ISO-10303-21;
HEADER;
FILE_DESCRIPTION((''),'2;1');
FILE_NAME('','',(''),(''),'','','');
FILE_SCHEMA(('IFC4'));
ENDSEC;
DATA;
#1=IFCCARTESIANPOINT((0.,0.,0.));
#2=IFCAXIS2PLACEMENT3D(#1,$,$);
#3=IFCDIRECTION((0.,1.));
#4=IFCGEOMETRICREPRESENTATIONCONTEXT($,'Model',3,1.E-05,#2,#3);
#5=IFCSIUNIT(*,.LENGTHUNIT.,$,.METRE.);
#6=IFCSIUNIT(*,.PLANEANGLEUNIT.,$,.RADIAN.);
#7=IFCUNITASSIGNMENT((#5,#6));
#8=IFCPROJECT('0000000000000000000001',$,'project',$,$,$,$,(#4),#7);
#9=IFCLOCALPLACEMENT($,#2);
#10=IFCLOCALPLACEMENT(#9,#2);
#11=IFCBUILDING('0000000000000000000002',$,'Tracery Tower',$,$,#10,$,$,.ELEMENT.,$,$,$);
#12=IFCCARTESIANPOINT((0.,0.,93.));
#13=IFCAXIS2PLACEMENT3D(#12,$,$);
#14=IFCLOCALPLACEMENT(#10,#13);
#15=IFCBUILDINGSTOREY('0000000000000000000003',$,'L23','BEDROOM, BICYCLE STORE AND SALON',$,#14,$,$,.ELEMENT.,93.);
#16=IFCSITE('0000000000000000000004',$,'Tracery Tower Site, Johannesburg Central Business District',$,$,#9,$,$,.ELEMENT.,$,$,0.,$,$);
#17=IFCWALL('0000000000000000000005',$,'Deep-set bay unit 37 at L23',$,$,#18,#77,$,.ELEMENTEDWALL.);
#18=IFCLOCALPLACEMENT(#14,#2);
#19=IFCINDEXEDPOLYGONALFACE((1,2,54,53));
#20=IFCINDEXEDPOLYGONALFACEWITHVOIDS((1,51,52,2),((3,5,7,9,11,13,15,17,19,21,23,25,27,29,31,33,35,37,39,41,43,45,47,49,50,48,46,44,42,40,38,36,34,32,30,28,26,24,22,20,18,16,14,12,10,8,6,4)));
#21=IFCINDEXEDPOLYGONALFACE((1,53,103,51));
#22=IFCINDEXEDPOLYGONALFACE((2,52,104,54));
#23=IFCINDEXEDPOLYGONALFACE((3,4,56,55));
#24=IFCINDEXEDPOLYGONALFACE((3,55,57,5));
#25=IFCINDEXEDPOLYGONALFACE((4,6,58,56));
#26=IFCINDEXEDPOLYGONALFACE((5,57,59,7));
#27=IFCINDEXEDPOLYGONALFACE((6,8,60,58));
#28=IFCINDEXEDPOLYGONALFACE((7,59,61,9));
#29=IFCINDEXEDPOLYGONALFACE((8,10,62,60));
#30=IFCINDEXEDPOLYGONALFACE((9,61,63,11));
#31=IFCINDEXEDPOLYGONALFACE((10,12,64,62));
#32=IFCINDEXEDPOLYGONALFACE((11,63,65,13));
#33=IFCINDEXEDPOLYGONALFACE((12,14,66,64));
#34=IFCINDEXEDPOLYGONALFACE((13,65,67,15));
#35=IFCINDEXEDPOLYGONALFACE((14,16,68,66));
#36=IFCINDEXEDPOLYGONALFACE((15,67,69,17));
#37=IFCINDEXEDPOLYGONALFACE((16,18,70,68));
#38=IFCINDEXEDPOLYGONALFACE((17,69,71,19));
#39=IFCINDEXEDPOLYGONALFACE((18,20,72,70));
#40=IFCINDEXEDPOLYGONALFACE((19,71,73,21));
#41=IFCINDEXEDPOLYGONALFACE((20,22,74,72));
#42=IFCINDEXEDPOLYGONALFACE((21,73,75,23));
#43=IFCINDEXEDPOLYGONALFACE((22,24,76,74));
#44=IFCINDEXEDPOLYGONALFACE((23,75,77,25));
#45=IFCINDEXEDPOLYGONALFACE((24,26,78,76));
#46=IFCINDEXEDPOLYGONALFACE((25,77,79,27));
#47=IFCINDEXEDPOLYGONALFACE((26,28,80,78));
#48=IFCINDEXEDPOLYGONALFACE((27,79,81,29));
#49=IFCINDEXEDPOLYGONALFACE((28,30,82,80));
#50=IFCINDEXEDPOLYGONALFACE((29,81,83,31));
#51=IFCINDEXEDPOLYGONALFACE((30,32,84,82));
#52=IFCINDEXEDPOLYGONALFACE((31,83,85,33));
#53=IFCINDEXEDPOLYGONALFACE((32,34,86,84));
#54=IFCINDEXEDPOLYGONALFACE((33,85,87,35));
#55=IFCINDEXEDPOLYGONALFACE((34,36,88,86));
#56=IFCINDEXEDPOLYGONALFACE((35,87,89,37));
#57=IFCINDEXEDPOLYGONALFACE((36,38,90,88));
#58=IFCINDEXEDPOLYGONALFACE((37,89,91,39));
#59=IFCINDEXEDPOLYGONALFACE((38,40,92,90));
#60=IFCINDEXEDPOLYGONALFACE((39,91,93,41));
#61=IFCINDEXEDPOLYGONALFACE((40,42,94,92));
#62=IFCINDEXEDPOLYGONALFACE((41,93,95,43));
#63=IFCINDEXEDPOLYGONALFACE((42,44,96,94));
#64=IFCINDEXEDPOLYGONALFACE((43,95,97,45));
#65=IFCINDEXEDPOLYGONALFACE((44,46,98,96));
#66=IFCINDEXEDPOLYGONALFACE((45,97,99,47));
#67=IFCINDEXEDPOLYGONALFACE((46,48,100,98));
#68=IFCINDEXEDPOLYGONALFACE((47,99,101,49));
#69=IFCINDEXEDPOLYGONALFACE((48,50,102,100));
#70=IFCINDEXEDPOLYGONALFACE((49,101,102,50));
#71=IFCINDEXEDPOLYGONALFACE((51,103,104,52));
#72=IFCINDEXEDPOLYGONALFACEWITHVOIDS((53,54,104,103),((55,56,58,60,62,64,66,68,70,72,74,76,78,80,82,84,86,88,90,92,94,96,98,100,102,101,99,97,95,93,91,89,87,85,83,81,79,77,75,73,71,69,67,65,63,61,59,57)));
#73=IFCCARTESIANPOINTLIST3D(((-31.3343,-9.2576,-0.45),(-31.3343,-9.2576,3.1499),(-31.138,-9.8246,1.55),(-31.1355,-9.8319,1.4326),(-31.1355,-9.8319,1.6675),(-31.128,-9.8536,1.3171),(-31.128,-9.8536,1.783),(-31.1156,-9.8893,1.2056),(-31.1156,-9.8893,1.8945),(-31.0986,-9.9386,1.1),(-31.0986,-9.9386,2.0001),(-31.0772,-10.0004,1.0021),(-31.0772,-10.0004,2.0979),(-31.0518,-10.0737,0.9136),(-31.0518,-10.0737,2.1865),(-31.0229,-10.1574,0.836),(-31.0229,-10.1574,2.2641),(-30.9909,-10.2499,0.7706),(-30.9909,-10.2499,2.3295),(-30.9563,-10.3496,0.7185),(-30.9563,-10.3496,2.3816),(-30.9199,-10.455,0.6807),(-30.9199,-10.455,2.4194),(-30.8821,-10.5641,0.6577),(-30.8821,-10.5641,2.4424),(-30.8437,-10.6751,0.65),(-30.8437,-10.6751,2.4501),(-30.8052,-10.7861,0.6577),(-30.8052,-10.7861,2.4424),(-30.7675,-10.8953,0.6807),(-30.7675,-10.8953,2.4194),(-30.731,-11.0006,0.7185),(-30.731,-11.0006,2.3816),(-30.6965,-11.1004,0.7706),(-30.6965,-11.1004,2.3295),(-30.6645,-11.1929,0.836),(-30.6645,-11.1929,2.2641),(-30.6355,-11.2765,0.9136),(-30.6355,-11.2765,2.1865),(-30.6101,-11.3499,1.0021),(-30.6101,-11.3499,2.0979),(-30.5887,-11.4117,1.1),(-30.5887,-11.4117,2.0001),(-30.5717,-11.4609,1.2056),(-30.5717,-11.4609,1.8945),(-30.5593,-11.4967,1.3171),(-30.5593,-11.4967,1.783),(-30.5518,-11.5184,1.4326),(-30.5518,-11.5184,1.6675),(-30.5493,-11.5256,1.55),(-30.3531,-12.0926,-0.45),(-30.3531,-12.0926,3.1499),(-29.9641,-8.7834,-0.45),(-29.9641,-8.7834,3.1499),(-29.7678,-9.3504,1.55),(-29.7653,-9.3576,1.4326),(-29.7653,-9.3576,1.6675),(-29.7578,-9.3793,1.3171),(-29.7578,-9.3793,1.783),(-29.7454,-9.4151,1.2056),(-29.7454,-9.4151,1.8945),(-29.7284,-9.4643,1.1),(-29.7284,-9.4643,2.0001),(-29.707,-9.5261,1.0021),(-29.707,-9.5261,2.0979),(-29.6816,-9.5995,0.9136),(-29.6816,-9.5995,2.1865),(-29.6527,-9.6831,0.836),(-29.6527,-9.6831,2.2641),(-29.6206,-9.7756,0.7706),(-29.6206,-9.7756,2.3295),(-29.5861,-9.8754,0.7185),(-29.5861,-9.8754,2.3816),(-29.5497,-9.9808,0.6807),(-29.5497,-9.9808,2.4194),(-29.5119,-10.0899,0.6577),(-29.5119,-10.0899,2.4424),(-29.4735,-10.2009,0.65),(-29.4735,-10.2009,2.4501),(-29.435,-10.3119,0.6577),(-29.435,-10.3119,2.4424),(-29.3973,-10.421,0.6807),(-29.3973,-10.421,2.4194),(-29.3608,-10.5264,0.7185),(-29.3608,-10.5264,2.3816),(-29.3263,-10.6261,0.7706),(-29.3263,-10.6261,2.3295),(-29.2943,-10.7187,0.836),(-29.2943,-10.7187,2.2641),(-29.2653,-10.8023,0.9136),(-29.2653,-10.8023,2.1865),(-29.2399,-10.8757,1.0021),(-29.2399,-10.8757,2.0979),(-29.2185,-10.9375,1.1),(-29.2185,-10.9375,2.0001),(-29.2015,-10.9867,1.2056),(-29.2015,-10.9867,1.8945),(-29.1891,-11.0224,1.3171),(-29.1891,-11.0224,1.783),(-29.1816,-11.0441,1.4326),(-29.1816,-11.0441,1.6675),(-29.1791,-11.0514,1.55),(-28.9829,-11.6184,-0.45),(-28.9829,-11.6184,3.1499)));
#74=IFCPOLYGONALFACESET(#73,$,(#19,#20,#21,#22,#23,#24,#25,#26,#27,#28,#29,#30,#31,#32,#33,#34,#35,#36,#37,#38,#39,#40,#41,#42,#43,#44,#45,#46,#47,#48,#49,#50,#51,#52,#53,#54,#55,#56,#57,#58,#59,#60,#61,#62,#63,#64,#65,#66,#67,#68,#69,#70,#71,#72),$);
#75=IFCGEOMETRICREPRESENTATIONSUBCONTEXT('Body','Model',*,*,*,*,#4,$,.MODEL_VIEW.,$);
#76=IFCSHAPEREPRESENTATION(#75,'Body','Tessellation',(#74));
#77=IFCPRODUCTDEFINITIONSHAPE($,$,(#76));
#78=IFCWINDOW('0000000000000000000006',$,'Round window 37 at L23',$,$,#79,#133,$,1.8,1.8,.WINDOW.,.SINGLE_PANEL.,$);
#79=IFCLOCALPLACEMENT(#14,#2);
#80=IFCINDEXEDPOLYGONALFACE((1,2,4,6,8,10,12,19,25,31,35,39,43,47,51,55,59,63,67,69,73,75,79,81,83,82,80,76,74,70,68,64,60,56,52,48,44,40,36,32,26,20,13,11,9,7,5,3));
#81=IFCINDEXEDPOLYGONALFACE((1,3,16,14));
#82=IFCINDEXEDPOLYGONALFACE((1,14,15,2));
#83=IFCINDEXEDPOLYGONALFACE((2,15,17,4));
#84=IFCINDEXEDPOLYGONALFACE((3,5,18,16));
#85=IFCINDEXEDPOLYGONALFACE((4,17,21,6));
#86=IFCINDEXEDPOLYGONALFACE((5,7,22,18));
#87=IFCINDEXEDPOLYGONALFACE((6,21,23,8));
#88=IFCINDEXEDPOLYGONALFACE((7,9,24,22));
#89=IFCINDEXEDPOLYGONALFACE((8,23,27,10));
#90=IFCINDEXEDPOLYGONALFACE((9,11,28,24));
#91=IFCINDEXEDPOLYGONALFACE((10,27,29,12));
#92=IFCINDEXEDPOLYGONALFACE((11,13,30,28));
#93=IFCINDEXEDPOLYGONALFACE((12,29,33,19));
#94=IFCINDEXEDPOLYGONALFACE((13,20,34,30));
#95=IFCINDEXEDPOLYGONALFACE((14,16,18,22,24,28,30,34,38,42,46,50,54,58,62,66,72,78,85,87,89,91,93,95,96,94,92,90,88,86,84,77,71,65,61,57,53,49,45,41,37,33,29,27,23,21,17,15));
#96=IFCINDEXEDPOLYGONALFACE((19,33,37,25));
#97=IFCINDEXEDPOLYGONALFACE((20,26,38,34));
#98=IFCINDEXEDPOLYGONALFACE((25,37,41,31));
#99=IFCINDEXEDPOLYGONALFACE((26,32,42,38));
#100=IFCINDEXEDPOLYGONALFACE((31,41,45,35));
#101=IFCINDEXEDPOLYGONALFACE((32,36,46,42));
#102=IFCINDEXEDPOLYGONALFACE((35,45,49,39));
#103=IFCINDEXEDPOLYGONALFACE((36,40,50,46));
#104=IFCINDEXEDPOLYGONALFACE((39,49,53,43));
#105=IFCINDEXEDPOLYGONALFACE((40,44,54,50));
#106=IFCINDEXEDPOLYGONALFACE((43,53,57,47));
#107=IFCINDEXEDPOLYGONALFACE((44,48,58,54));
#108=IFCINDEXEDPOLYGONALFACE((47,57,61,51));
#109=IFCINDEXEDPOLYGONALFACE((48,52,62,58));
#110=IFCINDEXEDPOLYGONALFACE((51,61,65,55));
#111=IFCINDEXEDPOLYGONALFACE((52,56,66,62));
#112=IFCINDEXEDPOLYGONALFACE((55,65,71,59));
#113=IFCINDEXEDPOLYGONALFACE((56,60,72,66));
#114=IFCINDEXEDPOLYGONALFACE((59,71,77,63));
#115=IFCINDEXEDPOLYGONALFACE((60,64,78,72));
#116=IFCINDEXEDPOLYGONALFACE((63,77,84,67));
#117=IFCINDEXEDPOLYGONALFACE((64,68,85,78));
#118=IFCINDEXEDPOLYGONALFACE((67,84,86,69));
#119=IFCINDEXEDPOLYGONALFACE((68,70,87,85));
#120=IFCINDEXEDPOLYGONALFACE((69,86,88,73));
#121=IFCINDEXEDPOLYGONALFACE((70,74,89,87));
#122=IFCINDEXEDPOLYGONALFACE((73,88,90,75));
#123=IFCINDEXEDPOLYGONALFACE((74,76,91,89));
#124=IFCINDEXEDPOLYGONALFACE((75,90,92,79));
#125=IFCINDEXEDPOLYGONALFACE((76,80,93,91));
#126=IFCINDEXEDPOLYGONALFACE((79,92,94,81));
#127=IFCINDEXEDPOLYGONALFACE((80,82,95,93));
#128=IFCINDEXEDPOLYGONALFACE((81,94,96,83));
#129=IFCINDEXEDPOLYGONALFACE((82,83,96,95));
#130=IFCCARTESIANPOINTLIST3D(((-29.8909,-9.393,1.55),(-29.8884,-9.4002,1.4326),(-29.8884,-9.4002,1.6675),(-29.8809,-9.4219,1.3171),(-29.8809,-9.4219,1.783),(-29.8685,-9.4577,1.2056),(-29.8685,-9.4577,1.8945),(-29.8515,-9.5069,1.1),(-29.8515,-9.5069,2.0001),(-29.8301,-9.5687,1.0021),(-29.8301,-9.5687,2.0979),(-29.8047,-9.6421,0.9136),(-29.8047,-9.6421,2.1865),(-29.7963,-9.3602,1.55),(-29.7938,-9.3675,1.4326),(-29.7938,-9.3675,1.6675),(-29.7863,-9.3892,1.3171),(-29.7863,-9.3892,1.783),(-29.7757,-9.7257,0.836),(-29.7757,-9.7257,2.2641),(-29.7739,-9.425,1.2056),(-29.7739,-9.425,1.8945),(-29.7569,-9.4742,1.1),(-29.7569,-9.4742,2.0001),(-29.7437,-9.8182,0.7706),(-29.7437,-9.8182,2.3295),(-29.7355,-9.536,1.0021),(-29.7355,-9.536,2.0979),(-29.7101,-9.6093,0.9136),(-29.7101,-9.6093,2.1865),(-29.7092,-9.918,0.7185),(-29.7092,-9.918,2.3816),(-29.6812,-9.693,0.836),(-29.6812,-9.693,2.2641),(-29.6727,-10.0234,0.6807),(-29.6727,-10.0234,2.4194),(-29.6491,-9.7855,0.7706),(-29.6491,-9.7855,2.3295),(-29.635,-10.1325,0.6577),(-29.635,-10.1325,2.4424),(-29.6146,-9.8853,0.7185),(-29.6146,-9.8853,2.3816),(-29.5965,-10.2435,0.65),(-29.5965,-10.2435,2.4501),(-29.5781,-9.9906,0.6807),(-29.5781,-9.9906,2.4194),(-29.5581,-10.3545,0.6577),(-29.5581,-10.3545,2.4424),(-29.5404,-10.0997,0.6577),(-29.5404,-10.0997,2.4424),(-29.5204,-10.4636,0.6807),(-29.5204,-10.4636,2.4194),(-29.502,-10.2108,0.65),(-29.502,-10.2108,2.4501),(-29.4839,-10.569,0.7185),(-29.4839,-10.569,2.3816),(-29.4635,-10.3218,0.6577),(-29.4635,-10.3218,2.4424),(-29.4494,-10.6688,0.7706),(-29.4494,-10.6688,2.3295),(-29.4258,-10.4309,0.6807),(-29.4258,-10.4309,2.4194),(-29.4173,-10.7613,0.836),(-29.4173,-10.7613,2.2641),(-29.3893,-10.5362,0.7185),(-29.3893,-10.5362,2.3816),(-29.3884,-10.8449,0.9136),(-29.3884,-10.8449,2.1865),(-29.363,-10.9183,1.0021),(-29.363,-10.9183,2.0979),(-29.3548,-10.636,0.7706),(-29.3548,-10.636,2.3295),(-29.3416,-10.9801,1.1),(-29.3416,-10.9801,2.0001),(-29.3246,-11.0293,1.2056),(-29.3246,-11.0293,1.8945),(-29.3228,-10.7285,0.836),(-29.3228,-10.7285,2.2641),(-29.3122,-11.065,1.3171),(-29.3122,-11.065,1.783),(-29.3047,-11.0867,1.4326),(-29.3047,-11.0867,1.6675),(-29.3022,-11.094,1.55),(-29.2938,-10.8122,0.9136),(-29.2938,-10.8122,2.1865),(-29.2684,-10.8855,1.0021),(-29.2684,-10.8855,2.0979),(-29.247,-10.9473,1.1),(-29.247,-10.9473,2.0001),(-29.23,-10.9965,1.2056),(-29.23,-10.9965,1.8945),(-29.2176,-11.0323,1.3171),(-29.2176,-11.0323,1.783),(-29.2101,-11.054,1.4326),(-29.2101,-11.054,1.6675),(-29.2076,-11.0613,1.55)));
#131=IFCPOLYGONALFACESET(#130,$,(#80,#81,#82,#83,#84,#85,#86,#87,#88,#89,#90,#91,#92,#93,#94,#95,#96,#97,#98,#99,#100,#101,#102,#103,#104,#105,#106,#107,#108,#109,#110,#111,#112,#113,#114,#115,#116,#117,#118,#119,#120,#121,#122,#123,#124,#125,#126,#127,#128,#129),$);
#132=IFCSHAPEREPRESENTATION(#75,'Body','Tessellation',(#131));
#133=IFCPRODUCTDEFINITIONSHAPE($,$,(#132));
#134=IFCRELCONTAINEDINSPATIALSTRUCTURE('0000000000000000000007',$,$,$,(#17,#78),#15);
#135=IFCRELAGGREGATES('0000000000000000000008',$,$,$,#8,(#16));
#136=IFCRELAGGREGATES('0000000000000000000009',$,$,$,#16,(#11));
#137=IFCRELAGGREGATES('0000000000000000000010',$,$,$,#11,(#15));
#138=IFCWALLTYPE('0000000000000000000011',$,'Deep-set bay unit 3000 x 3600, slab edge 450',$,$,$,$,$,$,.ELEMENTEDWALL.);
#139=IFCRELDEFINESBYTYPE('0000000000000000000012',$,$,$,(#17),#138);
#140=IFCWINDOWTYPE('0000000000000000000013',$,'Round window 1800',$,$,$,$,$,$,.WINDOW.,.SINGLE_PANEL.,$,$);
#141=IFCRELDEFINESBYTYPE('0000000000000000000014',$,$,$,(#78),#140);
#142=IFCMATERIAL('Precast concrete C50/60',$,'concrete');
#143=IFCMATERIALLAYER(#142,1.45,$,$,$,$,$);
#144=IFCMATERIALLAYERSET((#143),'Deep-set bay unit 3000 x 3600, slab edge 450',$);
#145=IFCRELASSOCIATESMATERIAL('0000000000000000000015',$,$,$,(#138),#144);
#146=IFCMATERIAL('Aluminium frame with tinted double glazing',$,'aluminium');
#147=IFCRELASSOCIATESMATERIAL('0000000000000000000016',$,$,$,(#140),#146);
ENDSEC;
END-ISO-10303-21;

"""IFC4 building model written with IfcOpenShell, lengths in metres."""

from ifc_helpers import new_model, si_unit, direction, frame, frame_2d, origin, origin_2d, place, context, subcontext, project, spatial, rectangle, circle, extrude, material, layer, layer_set, type_object, element, fill, save


model = new_model("IFC4")

# Units and contexts
model_context = context("Model", 3, precision=1e-05, world=origin(), true_north=direction((0.0, 1.0)))
body_context = subcontext(model_context, "Body", "Model", "MODEL_VIEW")
ifc_project = project(units=[si_unit("LENGTHUNIT", "METRE"), si_unit("PLANEANGLEUNIT", "RADIAN")], contexts=[model_context])

# Site, building, storey
site_placement = place(None, origin())
site = spatial("IfcSite", under=ifc_project, at=site_placement, Name="Tracery Tower Site, Johannesburg Central Business District", CompositionType="ELEMENT", RefElevation=0.0)
building_placement = place(site_placement, origin())
building = spatial("IfcBuilding", under=site, at=building_placement, Name="Tracery Tower", CompositionType="ELEMENT")
storey_placement = place(building_placement, frame((0.0, 0.0, 93.0)))
storey = spatial("IfcBuildingStorey", under=building, at=storey_placement, Name="L23", Description="BEDROOM, BICYCLE STORE AND SALON", CompositionType="ELEMENT", Elevation=93.0)

# Wall, opening, window
ifc_material_1 = material(Name="Precast concrete C50/60", Category="concrete")
ifc_layer_1 = layer(ifc_material_1, 1.45)
ifc_layer_set_1 = layer_set([ifc_layer_1], Name="Deep-set bay unit 3000 x 3600, slab edge 450")
wall_type_1 = type_object("IfcWallType", Name="Deep-set bay unit 3000 x 3600, slab edge 450", PredefinedType="ELEMENTEDWALL", material=ifc_layer_set_1)
ifc_material_2 = material(Name="Aluminium frame with tinted double glazing", Category="aluminium")
window_type = type_object("IfcWindowType", Name="Round window 1800", PartitioningType="SINGLE_PANEL", PredefinedType="WINDOW", material=ifc_material_2)
wall_1_placement = place(storey_placement, frame((-30.6492, -9.0205, -0.45), z_axis=(0.0, 0.0, 1.0), x_axis=(0.327071, -0.945, 0.0)))
wall_1 = element("IfcWall", 1, at=wall_1_placement, inside=storey, type_object=wall_type_1, Name="Deep-set bay unit 37 at L23", PredefinedType="ELEMENTEDWALL", context=body_context, shape_type="SweptSolid", body=[
    extrude(rectangle(XDim=3.0, YDim=1.45, at=frame_2d((1.5, 0.0))), origin(), (0.0, 0.0, 1.0), 3.5999),
])
opening_1_placement = place(wall_1_placement, frame((1.5, 0.0, 2.0)))
opening_1 = element("IfcOpeningElement", 2, at=opening_1_placement, cuts=wall_1, PredefinedType="OPENING", context=body_context, shape_type="SweptSolid", body=[
    extrude(circle(Radius=0.9, at=origin_2d()), frame((0.0, 0.7349, 0.0), z_axis=(0.0, -1.0, 0.0), x_axis=(1.0, 0.0, 0.0)), (0.0, 0.0, 1.0), 1.47),
])
window_1_placement = place(opening_1_placement, origin())
window_1 = element("IfcWindow", 3, at=window_1_placement, inside=storey, type_object=window_type, Name="Round window 37 at L23", OverallHeight=1.8, OverallWidth=1.8, PartitioningType="SINGLE_PANEL", PredefinedType="WINDOW", context=body_context, shape_type="SweptSolid", body=[
    extrude(circle(Radius=0.9, at=origin_2d()), frame((0.0, 0.6948, 0.0), z_axis=(0.0, -1.0, 0.0), x_axis=(1.0, 0.0, 0.0)), (0.0, 0.0, 1.0), 0.1001),
])
fill(opening_1, window_1)

save(model, "model.ifc")
